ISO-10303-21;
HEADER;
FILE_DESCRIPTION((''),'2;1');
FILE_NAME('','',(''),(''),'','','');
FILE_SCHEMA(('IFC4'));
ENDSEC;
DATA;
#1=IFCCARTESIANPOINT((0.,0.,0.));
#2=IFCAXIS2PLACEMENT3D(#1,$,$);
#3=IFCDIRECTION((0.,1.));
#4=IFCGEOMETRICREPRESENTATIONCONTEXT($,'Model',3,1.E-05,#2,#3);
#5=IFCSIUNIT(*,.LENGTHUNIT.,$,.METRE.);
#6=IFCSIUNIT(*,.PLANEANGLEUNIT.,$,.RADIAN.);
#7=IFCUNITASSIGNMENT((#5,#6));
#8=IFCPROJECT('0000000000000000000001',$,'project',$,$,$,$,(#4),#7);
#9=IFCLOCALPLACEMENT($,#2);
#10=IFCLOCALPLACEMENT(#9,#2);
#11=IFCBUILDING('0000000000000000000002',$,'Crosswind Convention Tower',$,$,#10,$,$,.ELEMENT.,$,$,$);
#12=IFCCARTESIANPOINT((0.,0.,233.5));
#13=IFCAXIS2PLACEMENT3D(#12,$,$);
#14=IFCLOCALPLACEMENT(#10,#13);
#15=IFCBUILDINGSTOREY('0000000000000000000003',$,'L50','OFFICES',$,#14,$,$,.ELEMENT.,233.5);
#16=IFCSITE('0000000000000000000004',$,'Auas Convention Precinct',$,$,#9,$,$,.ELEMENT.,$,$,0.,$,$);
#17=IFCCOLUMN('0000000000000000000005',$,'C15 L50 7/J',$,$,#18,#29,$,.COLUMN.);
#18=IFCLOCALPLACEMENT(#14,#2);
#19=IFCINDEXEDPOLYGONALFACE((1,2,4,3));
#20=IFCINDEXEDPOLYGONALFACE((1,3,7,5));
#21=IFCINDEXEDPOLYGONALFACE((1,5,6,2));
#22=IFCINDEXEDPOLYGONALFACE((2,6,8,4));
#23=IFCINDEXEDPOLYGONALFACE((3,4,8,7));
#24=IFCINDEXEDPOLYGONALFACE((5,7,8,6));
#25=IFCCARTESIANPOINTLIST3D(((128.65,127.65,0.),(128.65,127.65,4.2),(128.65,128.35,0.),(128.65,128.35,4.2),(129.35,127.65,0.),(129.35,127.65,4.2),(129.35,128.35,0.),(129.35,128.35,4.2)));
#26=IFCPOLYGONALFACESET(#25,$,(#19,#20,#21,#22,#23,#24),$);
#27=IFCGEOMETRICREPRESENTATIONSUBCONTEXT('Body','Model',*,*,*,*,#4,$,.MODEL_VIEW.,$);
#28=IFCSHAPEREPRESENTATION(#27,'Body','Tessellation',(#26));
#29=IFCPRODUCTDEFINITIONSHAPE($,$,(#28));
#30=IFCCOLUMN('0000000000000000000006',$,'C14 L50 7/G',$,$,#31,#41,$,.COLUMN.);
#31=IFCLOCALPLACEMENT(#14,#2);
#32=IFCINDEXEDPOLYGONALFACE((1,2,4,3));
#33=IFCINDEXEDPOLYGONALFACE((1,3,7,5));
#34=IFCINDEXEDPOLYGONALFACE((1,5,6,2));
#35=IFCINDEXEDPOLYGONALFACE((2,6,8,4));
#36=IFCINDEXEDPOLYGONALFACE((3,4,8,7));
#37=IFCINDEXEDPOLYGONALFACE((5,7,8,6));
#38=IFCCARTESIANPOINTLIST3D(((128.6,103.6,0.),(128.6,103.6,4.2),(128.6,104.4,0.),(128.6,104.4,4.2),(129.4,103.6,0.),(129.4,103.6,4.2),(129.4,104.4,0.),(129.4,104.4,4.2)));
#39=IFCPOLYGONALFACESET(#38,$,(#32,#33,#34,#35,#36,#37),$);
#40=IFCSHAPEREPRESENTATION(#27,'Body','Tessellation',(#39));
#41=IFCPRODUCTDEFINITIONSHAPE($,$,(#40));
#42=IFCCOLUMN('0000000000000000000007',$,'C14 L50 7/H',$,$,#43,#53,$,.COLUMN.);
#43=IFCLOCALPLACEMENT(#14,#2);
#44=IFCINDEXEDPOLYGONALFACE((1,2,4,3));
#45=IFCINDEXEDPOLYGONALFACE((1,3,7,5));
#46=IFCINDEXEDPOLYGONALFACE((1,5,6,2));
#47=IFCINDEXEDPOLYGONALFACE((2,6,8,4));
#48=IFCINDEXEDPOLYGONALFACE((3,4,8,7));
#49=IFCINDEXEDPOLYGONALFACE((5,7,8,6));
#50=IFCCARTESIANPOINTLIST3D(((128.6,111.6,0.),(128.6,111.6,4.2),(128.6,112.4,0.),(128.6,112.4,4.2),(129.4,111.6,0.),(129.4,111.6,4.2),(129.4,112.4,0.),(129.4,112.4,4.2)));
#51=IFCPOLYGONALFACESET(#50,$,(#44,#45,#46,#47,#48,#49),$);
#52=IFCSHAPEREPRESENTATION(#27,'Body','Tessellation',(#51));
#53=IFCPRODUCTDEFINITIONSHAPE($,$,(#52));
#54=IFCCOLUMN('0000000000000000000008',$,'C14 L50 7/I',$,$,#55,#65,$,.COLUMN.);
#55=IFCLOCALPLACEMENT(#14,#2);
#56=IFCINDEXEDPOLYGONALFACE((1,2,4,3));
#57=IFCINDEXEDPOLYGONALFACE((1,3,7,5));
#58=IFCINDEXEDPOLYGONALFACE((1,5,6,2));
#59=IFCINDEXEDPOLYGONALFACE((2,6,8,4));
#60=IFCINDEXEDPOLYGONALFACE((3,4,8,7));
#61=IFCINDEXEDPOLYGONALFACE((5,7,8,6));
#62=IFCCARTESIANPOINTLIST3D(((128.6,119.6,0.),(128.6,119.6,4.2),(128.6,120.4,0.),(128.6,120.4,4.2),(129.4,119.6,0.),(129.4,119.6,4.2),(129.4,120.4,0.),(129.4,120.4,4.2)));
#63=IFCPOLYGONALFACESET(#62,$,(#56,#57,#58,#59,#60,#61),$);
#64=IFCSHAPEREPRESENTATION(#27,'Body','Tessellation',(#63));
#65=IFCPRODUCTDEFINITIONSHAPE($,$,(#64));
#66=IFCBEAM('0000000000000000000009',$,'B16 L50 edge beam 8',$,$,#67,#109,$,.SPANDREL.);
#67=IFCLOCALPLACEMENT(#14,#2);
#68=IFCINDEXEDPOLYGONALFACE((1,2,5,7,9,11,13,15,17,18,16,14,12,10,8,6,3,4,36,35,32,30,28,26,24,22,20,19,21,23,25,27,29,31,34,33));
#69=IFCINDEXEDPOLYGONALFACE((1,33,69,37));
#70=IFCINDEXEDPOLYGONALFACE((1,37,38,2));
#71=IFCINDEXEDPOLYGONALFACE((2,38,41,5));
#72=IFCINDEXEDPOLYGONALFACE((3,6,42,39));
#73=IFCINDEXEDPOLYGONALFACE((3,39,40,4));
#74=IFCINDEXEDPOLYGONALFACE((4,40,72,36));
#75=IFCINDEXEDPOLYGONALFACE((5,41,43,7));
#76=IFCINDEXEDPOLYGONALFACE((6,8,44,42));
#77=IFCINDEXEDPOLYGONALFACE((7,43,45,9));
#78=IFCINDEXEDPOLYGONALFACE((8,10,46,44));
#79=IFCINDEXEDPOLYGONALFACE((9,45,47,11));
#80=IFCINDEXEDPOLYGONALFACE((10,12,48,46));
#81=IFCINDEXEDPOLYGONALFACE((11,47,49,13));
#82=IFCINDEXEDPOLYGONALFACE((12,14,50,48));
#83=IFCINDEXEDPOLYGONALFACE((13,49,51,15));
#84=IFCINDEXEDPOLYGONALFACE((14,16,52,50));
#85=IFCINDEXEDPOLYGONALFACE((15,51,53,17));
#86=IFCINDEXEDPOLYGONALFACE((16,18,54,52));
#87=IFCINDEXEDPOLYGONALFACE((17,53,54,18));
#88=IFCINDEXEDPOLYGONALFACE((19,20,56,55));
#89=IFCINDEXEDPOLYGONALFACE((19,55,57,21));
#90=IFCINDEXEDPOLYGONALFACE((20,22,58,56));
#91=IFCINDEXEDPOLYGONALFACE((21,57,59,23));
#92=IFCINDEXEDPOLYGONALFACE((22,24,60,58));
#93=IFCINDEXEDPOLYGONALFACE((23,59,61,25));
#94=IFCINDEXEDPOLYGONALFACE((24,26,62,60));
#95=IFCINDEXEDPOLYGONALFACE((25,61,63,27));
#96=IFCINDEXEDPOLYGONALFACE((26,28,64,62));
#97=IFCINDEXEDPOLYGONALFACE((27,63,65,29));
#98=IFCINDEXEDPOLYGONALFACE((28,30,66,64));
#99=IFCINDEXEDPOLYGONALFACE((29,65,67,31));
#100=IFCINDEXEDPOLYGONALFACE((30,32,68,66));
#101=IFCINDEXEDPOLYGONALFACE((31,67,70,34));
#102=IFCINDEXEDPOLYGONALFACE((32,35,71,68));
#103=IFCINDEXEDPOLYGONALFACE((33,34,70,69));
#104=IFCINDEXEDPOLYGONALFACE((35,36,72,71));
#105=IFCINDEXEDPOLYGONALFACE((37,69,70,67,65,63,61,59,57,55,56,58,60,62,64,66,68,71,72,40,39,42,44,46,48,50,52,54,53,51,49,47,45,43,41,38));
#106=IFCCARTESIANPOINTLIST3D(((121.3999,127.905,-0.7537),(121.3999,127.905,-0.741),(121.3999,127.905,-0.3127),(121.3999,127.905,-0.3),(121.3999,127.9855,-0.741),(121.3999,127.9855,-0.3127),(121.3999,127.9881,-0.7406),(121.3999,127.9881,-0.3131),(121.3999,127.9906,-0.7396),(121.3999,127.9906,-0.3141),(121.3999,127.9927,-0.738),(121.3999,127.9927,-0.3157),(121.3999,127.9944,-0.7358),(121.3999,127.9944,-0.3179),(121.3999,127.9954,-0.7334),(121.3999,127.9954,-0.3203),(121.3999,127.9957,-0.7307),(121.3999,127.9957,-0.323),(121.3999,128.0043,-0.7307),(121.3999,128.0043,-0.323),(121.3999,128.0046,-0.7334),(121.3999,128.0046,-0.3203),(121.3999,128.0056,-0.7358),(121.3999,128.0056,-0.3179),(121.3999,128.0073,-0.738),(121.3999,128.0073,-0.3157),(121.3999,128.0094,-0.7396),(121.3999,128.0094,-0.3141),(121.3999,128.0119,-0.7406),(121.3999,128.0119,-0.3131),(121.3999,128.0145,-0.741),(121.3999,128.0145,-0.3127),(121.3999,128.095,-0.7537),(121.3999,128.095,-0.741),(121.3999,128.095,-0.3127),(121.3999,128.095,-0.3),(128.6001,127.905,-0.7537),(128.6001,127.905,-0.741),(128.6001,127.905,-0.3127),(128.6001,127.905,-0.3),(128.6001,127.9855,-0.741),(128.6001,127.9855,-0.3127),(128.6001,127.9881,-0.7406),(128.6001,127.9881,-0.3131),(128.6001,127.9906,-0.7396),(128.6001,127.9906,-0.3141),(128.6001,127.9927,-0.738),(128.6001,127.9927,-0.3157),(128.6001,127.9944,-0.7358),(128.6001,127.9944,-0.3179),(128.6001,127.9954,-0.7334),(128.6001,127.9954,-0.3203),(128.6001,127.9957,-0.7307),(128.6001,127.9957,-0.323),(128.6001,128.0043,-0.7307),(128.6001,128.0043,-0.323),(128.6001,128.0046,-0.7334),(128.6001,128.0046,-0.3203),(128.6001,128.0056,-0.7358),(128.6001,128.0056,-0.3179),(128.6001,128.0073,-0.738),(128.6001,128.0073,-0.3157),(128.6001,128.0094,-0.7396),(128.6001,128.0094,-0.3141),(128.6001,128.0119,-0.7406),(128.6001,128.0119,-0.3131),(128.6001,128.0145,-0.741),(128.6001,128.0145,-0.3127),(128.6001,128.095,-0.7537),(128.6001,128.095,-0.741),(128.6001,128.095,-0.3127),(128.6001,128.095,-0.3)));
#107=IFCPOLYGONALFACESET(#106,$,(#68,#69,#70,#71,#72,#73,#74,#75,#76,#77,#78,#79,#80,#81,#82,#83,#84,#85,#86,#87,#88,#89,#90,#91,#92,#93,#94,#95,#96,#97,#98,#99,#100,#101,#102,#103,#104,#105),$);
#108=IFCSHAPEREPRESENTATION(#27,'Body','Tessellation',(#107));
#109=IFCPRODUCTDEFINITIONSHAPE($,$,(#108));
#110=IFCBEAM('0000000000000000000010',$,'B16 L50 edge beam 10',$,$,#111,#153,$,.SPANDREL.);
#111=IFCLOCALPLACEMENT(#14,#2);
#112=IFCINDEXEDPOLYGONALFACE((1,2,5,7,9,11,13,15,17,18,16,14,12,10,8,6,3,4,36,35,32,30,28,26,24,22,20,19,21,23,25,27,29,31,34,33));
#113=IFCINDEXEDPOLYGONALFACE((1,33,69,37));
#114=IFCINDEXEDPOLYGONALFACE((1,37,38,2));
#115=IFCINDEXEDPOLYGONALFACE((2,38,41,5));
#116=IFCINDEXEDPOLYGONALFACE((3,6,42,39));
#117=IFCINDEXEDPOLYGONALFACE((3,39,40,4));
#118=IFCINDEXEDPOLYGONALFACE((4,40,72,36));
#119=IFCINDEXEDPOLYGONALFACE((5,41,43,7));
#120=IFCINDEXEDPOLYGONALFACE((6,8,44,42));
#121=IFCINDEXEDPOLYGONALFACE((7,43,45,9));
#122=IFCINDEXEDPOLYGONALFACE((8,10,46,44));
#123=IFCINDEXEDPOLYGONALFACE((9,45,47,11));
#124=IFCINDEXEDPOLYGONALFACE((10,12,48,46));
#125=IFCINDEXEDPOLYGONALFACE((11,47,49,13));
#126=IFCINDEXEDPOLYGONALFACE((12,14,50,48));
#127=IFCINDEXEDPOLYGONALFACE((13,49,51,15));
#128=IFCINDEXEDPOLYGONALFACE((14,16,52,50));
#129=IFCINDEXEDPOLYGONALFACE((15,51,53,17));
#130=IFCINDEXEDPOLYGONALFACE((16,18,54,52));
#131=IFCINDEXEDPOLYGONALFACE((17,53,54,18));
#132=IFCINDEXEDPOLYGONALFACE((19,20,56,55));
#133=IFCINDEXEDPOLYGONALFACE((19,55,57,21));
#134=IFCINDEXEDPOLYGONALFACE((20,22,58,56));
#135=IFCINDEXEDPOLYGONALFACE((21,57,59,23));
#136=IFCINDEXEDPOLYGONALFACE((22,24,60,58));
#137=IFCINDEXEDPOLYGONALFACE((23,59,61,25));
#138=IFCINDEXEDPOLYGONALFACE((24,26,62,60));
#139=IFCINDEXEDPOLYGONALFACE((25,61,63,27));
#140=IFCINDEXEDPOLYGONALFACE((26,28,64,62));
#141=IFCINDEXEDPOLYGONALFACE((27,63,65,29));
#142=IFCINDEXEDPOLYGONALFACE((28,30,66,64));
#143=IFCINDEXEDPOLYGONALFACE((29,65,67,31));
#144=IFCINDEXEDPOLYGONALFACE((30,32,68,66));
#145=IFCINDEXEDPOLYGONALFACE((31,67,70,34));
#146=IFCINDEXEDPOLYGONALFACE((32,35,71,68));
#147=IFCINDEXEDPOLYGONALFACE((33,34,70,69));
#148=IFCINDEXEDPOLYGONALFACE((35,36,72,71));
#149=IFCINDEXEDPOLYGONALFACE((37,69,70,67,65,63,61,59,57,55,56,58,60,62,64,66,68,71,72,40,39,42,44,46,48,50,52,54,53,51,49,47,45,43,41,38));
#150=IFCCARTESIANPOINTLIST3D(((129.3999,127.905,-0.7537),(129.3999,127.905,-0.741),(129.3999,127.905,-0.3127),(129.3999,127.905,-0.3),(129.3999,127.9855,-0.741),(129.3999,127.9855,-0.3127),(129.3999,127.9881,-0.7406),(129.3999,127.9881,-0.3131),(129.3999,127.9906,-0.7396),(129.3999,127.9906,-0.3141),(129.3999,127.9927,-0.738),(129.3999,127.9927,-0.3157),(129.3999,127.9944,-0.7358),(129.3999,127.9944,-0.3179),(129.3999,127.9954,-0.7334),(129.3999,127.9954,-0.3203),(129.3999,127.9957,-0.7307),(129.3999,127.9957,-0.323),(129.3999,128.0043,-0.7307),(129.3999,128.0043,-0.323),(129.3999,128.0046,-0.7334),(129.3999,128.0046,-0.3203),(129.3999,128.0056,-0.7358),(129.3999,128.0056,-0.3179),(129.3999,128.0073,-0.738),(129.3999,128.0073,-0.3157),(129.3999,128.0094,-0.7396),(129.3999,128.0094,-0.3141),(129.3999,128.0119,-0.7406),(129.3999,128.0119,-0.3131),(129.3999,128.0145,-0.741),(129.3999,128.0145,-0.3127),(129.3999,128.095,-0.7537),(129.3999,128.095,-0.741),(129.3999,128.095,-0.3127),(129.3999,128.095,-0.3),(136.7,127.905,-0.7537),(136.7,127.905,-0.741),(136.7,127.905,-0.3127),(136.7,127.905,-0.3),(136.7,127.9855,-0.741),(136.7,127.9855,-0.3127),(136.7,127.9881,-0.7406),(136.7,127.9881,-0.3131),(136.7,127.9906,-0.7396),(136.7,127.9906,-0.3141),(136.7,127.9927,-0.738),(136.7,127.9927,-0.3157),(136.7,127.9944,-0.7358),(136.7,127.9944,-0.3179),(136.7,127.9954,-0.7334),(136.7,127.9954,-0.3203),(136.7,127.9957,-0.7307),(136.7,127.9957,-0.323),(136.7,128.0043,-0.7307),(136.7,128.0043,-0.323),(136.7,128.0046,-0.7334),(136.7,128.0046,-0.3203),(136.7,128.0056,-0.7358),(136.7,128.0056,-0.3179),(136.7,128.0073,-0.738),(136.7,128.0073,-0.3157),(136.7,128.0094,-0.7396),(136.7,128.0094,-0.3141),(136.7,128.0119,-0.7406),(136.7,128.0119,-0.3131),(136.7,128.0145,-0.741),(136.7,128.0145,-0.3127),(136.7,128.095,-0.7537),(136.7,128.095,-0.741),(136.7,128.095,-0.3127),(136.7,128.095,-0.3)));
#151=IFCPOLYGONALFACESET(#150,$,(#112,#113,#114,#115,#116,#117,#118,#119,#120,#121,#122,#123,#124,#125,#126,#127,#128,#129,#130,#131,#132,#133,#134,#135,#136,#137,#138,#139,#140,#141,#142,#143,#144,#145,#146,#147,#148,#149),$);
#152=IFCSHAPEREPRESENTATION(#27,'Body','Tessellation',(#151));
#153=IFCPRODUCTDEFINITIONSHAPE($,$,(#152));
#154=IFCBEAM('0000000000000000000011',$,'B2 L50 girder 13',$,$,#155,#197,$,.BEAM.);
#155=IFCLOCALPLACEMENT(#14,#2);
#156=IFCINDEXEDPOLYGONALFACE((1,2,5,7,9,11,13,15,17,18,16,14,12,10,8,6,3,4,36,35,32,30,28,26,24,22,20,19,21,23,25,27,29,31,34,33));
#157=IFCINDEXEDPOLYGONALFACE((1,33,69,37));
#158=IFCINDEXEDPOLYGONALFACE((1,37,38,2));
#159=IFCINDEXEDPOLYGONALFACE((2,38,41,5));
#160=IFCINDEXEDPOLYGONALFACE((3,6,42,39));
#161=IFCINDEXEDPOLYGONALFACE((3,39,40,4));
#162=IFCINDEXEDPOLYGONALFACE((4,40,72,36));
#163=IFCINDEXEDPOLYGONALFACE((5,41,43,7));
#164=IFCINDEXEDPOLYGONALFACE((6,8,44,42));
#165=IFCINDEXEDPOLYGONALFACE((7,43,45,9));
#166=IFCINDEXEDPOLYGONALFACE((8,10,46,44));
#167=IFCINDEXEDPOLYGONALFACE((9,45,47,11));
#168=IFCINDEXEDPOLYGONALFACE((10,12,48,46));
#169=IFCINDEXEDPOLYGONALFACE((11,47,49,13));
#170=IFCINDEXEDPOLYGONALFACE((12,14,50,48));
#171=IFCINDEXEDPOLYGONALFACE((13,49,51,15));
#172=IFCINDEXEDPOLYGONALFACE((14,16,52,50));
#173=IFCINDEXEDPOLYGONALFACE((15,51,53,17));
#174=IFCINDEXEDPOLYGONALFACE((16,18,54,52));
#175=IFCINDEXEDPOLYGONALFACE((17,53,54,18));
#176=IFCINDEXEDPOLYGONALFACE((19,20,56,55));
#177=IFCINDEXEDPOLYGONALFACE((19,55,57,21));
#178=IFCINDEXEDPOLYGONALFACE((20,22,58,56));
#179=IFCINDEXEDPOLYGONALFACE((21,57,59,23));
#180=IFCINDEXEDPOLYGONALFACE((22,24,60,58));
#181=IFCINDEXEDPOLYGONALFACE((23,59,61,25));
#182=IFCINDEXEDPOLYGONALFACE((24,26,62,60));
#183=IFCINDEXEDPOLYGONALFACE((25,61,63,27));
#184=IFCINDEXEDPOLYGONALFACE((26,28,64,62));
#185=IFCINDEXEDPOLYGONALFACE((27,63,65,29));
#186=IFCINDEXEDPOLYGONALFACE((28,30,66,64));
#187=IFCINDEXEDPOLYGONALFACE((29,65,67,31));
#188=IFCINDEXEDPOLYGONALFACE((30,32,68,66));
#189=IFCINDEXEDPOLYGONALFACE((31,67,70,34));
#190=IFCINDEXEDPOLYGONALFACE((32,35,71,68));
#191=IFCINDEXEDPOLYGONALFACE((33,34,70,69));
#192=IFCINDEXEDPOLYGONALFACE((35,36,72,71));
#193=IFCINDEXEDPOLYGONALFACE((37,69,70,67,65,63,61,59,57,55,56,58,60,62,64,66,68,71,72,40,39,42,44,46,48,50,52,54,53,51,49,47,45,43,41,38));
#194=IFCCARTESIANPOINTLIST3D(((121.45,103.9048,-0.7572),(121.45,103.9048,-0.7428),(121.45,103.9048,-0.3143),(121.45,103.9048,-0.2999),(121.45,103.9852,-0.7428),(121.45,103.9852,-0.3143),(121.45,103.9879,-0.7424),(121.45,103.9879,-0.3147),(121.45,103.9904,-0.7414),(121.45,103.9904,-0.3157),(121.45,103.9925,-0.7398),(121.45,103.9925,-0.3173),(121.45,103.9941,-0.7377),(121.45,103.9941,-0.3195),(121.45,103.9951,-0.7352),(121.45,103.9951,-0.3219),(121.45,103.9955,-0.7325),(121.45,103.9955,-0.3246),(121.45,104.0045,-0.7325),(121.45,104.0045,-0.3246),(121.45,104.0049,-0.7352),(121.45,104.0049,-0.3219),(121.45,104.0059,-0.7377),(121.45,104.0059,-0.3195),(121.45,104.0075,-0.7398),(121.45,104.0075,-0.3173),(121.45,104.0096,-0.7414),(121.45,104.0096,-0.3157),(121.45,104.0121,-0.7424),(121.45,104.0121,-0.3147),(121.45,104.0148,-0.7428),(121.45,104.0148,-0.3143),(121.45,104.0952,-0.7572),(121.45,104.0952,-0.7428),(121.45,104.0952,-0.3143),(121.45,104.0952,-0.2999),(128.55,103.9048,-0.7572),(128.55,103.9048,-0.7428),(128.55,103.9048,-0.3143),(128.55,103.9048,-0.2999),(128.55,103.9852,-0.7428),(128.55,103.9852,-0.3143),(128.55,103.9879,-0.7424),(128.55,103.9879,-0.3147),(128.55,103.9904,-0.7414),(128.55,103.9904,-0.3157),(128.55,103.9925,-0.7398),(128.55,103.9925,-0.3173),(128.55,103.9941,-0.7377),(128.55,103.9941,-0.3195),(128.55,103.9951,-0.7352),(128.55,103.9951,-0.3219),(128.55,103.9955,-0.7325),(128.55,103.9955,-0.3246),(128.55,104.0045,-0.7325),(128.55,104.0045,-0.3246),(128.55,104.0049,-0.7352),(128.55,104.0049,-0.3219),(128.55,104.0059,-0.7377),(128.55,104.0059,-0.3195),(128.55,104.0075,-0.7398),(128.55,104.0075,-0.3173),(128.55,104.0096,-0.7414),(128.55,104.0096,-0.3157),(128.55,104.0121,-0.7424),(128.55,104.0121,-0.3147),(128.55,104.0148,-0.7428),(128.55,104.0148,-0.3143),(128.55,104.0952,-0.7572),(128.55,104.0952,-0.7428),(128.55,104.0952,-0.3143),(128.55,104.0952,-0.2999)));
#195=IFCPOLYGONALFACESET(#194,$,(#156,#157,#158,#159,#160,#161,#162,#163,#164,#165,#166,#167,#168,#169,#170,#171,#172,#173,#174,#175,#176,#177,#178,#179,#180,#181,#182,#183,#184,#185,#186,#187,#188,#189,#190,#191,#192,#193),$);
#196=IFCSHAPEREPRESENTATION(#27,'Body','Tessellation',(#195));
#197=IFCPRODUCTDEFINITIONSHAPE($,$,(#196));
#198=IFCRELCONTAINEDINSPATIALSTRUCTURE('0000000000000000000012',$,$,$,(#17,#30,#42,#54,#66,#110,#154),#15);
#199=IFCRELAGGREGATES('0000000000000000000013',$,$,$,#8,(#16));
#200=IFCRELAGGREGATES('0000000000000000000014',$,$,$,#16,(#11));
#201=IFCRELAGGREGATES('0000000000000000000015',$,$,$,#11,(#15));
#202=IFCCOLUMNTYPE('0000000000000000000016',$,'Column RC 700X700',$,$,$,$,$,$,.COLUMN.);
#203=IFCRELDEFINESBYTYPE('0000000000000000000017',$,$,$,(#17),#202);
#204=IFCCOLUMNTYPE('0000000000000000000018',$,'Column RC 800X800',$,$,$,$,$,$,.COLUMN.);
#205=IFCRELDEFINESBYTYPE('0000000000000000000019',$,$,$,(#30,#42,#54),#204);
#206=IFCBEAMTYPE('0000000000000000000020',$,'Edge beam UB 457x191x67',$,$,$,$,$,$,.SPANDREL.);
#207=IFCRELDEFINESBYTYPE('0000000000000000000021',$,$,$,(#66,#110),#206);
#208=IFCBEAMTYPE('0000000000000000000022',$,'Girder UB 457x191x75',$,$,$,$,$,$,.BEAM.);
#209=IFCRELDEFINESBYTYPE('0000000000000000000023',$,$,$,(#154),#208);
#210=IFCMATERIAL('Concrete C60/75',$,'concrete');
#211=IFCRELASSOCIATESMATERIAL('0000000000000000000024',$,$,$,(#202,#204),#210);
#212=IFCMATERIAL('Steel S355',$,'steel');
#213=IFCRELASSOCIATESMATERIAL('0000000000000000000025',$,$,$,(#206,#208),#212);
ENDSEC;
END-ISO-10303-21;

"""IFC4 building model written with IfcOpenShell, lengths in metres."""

from ifc_helpers import new_model, si_unit, direction, frame, origin, origin_2d, place, context, subcontext, project, spatial, rectangle, i_section, extrude, material, material_profile, profile_set, type_object, element, save


model = new_model("IFC4")

# Units and contexts
model_context = context("Model", 3, precision=1e-05, world=origin(), true_north=direction((0.0, 1.0)))
body_context = subcontext(model_context, "Body", "Model", "MODEL_VIEW")
ifc_project = project(units=[si_unit("LENGTHUNIT", "METRE"), si_unit("PLANEANGLEUNIT", "RADIAN")], contexts=[model_context])

# Site, building, storey
site_placement = place(None, origin())
site = spatial("IfcSite", under=ifc_project, at=site_placement, Name="Auas Convention Precinct", CompositionType="ELEMENT", RefElevation=0.0)
building_placement = place(site_placement, origin())
building = spatial("IfcBuilding", under=site, at=building_placement, Name="Crosswind Convention Tower", CompositionType="ELEMENT")
storey_placement = place(building_placement, frame((0.0, 0.0, 233.5)))
storey = spatial("IfcBuildingStorey", under=building, at=storey_placement, Name="L50", Description="OFFICES", CompositionType="ELEMENT", Elevation=233.5)

# Columns
ifc_material_1 = material(Name="Concrete C60/75", Category="concrete")
ifc_material_profile_1 = material_profile(ifc_material_1, rectangle(XDim=0.7, YDim=0.7, at=origin_2d()), Name="RC 700X700")
ifc_profile_set_1 = profile_set([ifc_material_profile_1], Name="Concrete C60/75")
column_type_1 = type_object("IfcColumnType", Name="Column RC 700X700", PredefinedType="COLUMN", material=ifc_profile_set_1)
column_placement = place(storey_placement, frame((129.0, 128.0, 0.0), z_axis=(0.0, 0.0, 1.0), x_axis=(1.0, 0.0, 0.0)))
element("IfcColumn", 1, at=column_placement, inside=storey, type_object=column_type_1, Name="C15 L50 7/J", PredefinedType="COLUMN", context=body_context, shape_type="SweptSolid", body=[
    extrude(rectangle(XDim=0.7, YDim=0.7, at=origin_2d()), origin(), (0.0, 0.0, 1.0), 4.2),
])
ifc_material_profile_2 = material_profile(ifc_material_1, rectangle(XDim=0.8, YDim=0.8, at=origin_2d()), Name="RC 800X800")
ifc_profile_set_2 = profile_set([ifc_material_profile_2], Name="Concrete C60/75")
column_type_2 = type_object("IfcColumnType", Name="Column RC 800X800", PredefinedType="COLUMN", material=ifc_profile_set_2)
for number, where, z_axis, x_axis, name in (
    (2, (129.0, 104.0, 0.0), (0.0, 0.0, 1.0), (1.0, 0.0, 0.0), "C14 L50 7/G"),
    (3, (129.0, 112.0, 0.0), (0.0, 0.0, 1.0), (1.0, 0.0, 0.0), "C14 L50 7/H"),
    (4, (129.0, 120.0, 0.0), (0.0, 0.0, 1.0), (1.0, 0.0, 0.0), "C14 L50 7/I"),
):
    element("IfcColumn", number, at=place(storey_placement, frame(where, z_axis=z_axis, x_axis=x_axis)), inside=storey, type_object=column_type_2, Name=name, PredefinedType="COLUMN", context=body_context, shape_type="SweptSolid", body=[
        extrude(rectangle(XDim=0.8, YDim=0.8, at=origin_2d()), origin(), (0.0, 0.0, 1.0), 4.2),
    ])

# Beams
ifc_material_2 = material(Name="Steel S355", Category="steel")
ifc_material_profile_3 = material_profile(ifc_material_2, i_section(OverallWidth=0.1899, OverallDepth=0.4536, WebThickness=0.0085, FlangeThickness=0.0127, FilletRadius=0.0103, at=origin_2d()), Name="UB 457x191x67")
ifc_profile_set_3 = profile_set([ifc_material_profile_3], Name="Steel S355")
beam_type_1 = type_object("IfcBeamType", Name="Edge beam UB 457x191x67", PredefinedType="SPANDREL", material=ifc_profile_set_3)
beam_1_placement = place(storey_placement, frame((121.3999, 128.0, -0.5269), z_axis=(1.0, 0.0, 0.0), x_axis=(0.0, 1.0, 0.0)))
element("IfcBeam", 5, at=beam_1_placement, inside=storey, type_object=beam_type_1, Name="B16 L50 edge beam 8", PredefinedType="SPANDREL", context=body_context, shape_type="SweptSolid", body=[
    extrude(i_section(OverallWidth=0.1899, OverallDepth=0.4536, WebThickness=0.0085, FlangeThickness=0.0127, FilletRadius=0.0103, at=origin_2d()), origin(), (0.0, 0.0, 1.0), 7.2002),
])
beam_2_placement = place(storey_placement, frame((129.3999, 128.0, -0.5269), z_axis=(1.0, 0.0, 0.0), x_axis=(0.0, 1.0, 0.0)))
element("IfcBeam", 6, at=beam_2_placement, inside=storey, type_object=beam_type_1, Name="B16 L50 edge beam 10", PredefinedType="SPANDREL", context=body_context, shape_type="SweptSolid", body=[
    extrude(i_section(OverallWidth=0.1899, OverallDepth=0.4536, WebThickness=0.0085, FlangeThickness=0.0127, FilletRadius=0.0103, at=origin_2d()), origin(), (0.0, 0.0, 1.0), 7.3),
])
ifc_material_profile_4 = material_profile(ifc_material_2, i_section(OverallWidth=0.1904, OverallDepth=0.4573, WebThickness=0.009, FlangeThickness=0.0144, FilletRadius=0.0103, at=origin_2d()), Name="UB 457x191x75")
ifc_profile_set_4 = profile_set([ifc_material_profile_4], Name="Steel S355")
beam_type_2 = type_object("IfcBeamType", Name="Girder UB 457x191x75", PredefinedType="BEAM", material=ifc_profile_set_4)
for number, where, z_axis, x_axis, name in (
    (7, (121.45, 104.0, -0.5286), (1.0, 0.0, 0.0), (0.0, 1.0, 0.0), "B2 L50 girder 13"),
):
    element("IfcBeam", number, at=place(storey_placement, frame(where, z_axis=z_axis, x_axis=x_axis)), inside=storey, type_object=beam_type_2, Name=name, PredefinedType="BEAM", context=body_context, shape_type="SweptSolid", body=[
        extrude(i_section(OverallWidth=0.1904, OverallDepth=0.4573, WebThickness=0.009, FlangeThickness=0.0144, FilletRadius=0.0103, at=origin_2d()), origin(), (0.0, 0.0, 1.0), 7.1001),
    ])

save(model, "model.ifc")
